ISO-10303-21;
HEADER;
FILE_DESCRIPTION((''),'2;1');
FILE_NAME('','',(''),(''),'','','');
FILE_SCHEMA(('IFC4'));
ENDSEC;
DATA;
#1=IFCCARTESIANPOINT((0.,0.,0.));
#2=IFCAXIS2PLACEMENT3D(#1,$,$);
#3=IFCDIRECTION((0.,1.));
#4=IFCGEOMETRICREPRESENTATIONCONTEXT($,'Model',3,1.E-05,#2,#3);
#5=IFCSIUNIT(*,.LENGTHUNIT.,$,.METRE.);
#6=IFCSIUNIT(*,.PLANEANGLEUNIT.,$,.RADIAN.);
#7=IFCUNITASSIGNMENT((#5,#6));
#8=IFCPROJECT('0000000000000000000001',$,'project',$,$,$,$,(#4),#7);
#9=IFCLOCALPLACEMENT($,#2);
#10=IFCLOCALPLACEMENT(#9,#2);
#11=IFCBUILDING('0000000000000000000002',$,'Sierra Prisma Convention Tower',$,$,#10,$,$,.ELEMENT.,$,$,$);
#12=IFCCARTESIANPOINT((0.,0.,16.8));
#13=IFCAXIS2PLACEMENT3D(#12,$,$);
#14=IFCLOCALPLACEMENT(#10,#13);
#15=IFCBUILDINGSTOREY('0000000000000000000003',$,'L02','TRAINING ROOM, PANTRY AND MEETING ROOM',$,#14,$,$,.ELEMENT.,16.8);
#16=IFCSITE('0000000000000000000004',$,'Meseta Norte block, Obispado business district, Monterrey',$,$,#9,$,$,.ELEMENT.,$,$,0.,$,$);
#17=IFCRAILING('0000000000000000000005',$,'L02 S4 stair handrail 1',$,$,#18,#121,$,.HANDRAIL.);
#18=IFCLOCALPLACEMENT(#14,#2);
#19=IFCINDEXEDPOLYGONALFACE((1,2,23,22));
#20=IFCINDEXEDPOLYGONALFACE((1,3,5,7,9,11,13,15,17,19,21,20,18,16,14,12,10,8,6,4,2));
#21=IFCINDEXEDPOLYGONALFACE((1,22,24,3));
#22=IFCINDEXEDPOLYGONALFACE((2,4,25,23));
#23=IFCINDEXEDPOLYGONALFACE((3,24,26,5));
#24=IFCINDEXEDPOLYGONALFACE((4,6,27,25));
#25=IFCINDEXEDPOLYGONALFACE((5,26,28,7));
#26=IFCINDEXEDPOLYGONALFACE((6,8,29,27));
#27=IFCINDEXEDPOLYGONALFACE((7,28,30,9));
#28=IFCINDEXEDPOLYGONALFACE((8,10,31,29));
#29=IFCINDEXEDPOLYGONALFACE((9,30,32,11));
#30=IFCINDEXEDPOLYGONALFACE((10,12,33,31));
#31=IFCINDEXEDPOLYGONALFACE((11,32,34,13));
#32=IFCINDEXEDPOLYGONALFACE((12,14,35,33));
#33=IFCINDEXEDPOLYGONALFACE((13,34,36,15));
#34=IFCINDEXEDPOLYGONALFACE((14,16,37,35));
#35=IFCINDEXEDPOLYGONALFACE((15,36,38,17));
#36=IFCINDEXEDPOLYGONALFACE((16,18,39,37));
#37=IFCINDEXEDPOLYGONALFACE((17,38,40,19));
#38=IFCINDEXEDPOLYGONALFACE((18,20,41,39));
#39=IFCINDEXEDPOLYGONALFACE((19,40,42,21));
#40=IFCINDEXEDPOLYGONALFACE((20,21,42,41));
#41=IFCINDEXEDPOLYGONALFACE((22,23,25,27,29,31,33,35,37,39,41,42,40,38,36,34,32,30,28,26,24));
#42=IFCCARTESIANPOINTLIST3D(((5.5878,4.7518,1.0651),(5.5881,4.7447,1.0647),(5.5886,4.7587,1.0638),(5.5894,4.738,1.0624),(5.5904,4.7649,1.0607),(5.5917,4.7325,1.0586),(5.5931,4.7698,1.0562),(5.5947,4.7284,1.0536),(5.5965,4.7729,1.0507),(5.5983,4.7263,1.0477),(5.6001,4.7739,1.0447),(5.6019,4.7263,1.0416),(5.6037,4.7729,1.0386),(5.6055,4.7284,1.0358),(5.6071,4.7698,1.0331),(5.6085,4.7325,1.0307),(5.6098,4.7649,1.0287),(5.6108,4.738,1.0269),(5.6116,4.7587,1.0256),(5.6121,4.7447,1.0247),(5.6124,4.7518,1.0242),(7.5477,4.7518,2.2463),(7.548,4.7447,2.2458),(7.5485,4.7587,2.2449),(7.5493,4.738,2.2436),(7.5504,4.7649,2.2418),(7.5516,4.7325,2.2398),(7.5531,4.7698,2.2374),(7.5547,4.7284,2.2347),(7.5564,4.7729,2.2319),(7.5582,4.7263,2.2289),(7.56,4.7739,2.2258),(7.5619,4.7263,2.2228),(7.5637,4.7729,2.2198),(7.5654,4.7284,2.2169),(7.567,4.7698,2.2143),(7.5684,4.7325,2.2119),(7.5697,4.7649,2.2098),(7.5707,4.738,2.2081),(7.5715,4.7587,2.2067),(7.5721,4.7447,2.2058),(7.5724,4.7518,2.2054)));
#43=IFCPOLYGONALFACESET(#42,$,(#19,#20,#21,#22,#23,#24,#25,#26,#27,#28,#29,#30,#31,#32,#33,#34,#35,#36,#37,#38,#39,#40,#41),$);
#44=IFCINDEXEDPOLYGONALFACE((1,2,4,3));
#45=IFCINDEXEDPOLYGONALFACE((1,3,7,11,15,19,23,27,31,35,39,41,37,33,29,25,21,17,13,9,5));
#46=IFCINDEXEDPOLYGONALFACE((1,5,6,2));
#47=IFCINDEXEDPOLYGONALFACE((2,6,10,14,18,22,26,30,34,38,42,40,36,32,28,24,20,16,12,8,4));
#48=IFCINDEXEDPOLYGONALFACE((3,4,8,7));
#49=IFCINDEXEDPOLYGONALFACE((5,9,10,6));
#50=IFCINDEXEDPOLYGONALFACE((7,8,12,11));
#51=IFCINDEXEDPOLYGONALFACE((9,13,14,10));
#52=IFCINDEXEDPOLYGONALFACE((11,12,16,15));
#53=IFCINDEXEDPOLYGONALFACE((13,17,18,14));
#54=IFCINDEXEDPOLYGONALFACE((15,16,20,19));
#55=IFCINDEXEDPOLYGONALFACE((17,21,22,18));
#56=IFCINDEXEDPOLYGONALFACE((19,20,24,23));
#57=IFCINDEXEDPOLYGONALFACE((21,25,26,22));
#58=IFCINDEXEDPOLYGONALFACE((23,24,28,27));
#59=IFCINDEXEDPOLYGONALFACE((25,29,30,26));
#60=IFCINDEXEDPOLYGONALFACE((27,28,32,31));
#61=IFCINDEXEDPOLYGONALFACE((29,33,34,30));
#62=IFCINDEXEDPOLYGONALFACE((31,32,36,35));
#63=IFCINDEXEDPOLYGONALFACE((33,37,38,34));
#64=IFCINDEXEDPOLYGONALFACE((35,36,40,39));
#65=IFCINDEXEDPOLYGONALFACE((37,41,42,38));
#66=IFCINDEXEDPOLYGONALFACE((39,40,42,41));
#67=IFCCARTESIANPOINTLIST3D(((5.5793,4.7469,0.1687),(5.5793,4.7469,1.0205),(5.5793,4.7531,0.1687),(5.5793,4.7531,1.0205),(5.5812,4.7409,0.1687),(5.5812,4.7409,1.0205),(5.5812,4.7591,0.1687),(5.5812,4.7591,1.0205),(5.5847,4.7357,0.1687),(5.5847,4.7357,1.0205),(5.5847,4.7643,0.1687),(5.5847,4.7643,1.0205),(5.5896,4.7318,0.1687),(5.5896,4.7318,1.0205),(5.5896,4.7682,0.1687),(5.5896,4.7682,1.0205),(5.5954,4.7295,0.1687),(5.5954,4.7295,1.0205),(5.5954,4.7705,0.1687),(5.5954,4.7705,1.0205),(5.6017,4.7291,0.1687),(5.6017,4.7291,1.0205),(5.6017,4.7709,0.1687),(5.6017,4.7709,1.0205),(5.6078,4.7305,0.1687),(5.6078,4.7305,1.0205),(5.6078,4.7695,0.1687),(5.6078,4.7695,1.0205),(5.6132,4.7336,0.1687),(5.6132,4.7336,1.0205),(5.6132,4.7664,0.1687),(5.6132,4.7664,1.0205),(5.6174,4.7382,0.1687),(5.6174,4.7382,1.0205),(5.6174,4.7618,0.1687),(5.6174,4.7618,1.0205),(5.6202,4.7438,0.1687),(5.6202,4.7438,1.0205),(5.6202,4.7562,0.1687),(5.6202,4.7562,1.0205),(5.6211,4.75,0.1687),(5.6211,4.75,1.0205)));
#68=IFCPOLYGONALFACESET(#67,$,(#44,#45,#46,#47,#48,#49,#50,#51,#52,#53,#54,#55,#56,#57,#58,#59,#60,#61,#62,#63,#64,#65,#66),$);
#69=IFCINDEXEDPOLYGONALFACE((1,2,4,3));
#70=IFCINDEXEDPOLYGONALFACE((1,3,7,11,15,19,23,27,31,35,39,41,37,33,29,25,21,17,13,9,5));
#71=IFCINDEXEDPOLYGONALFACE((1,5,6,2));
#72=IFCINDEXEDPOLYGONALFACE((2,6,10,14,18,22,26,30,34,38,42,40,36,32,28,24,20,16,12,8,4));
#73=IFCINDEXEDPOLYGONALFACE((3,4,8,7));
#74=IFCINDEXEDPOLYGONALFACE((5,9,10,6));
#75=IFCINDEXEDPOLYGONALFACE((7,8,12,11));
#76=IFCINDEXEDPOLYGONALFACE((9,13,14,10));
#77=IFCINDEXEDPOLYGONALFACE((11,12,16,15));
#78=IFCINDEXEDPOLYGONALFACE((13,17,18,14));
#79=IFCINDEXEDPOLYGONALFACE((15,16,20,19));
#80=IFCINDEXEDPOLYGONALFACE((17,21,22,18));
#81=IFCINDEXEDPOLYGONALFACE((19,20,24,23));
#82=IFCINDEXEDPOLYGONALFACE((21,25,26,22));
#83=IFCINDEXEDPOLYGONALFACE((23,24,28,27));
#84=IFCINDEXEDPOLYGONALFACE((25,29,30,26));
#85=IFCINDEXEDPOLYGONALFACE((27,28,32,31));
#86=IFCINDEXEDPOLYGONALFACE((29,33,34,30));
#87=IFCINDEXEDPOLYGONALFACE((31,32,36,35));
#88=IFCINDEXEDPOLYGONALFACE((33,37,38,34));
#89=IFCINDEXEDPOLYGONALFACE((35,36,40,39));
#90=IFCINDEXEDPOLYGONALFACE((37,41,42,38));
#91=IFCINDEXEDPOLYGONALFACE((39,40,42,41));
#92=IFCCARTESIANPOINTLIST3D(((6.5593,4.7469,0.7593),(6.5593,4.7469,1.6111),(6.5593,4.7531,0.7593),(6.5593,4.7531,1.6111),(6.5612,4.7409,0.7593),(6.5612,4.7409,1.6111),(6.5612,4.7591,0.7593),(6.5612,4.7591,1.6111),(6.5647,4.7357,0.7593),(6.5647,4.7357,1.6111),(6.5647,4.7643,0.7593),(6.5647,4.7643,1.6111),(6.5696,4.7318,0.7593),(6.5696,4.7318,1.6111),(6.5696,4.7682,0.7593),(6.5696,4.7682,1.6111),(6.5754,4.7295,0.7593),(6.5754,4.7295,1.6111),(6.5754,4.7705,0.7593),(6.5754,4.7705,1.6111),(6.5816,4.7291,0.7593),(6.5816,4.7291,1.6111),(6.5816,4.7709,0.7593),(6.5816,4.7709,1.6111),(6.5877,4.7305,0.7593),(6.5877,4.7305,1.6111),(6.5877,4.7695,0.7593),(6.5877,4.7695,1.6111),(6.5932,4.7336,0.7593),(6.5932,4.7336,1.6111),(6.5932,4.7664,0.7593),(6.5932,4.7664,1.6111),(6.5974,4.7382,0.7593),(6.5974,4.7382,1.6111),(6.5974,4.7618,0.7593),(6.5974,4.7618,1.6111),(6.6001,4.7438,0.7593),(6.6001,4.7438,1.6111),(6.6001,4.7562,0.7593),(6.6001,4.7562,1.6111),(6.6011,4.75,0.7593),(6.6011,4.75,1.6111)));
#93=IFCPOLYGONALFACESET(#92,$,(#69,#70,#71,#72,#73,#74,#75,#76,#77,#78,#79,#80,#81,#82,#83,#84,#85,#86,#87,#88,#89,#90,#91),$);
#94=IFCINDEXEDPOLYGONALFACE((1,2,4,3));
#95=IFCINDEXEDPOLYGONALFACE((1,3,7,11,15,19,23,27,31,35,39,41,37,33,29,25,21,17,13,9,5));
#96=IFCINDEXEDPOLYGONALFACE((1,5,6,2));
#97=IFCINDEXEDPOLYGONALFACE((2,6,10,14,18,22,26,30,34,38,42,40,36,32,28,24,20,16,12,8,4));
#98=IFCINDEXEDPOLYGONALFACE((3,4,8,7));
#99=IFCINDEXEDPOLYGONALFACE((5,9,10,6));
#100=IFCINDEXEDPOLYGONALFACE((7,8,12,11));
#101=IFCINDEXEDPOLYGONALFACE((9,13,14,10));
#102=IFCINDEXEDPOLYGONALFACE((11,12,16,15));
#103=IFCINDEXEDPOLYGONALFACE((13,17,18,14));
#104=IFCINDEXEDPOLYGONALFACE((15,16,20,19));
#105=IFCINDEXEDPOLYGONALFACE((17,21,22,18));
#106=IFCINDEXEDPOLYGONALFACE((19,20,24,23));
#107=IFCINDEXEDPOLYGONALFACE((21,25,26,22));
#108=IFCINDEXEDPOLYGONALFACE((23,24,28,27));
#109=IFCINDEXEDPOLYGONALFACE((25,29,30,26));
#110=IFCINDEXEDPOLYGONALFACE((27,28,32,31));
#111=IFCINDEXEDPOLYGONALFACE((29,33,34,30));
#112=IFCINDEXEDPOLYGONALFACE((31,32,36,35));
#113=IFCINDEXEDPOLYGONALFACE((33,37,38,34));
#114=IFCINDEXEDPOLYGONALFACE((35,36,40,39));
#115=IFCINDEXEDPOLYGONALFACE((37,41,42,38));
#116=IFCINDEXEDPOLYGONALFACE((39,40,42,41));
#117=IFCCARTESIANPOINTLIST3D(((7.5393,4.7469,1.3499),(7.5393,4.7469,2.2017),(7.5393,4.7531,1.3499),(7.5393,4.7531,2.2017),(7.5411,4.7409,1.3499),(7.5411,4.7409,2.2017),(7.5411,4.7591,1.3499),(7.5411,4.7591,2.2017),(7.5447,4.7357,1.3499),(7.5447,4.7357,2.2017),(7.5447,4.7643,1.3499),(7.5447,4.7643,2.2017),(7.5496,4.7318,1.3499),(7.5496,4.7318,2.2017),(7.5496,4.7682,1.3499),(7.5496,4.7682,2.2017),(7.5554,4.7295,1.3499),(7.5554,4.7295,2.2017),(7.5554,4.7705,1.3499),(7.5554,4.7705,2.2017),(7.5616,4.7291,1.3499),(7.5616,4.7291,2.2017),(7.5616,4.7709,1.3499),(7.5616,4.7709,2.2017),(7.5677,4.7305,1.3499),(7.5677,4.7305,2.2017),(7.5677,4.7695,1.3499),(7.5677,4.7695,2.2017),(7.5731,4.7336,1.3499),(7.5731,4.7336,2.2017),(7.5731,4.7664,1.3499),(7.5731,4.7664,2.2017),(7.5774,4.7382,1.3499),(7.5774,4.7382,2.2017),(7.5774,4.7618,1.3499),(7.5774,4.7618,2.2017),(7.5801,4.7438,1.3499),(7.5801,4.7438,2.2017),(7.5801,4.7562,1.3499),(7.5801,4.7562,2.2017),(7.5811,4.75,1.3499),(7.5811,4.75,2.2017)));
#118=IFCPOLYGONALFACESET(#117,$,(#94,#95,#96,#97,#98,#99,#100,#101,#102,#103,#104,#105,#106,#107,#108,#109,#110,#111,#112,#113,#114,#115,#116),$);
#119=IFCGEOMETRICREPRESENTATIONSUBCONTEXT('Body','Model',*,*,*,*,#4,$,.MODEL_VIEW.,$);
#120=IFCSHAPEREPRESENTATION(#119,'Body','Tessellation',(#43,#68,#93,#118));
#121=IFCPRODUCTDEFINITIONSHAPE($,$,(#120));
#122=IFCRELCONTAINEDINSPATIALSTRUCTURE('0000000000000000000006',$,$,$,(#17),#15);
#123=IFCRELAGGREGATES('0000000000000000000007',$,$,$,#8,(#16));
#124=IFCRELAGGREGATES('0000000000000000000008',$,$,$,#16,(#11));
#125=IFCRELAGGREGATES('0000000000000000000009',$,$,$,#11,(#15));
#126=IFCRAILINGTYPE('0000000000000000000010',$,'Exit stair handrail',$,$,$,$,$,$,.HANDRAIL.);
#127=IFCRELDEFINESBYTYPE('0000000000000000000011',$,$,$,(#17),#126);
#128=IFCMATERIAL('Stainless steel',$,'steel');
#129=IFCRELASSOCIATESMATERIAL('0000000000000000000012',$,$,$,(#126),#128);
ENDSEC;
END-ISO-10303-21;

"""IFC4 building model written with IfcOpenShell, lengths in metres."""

from ifc_helpers import new_model, si_unit, direction, frame, origin, origin_2d, place, context, subcontext, project, spatial, circle, extrude, material, type_object, element, save


model = new_model("IFC4")

# Units and contexts
model_context = context("Model", 3, precision=1e-05, world=origin(), true_north=direction((0.0, 1.0)))
body_context = subcontext(model_context, "Body", "Model", "MODEL_VIEW")
ifc_project = project(units=[si_unit("LENGTHUNIT", "METRE"), si_unit("PLANEANGLEUNIT", "RADIAN")], contexts=[model_context])

# Site, building, storey
site_placement = place(None, origin())
site = spatial("IfcSite", under=ifc_project, at=site_placement, Name="Meseta Norte block, Obispado business district, Monterrey", CompositionType="ELEMENT", RefElevation=0.0)
building_placement = place(site_placement, origin())
building = spatial("IfcBuilding", under=site, at=building_placement, Name="Sierra Prisma Convention Tower", CompositionType="ELEMENT")
storey_placement = place(building_placement, frame((0.0, 0.0, 16.8)))
storey = spatial("IfcBuildingStorey", under=building, at=storey_placement, Name="L02", Description="TRAINING ROOM, PANTRY AND MEETING ROOM", CompositionType="ELEMENT", Elevation=16.8)

# Railing
ifc_material_1 = material(Name="Stainless steel", Category="steel")
railing_type_1 = type_object("IfcRailingType", Name="Exit stair handrail", PredefinedType="HANDRAIL", material=ifc_material_1)
railing_1_placement = place(storey_placement, frame((5.6001, 4.75, 0.1687)))
element("IfcRailing", 1, at=railing_1_placement, inside=storey, type_object=railing_type_1, Name="L02 S4 stair handrail 1", PredefinedType="HANDRAIL", context=body_context, shape_type="SweptSolid", body=[
    extrude(circle(Radius=0.0239, at=origin_2d()), frame((0.0, 0.0, 0.876), z_axis=(0.856493, 0.0, 0.516158), x_axis=(0.0, 1.0, 0.0)), (0.0, 0.0, 1.0), 2.2883),
    extrude(circle(Radius=0.021, at=origin_2d()), origin(), (0.0, 0.0, 1.0), 0.8518),
    extrude(circle(Radius=0.021, at=origin_2d()), frame((0.98, 0.0, 0.5906)), (0.0, 0.0, 1.0), 0.8518),
    extrude(circle(Radius=0.021, at=origin_2d()), frame((1.96, 0.0, 1.1812)), (0.0, 0.0, 1.0), 0.8518),
])

save(model, "model.ifc")
